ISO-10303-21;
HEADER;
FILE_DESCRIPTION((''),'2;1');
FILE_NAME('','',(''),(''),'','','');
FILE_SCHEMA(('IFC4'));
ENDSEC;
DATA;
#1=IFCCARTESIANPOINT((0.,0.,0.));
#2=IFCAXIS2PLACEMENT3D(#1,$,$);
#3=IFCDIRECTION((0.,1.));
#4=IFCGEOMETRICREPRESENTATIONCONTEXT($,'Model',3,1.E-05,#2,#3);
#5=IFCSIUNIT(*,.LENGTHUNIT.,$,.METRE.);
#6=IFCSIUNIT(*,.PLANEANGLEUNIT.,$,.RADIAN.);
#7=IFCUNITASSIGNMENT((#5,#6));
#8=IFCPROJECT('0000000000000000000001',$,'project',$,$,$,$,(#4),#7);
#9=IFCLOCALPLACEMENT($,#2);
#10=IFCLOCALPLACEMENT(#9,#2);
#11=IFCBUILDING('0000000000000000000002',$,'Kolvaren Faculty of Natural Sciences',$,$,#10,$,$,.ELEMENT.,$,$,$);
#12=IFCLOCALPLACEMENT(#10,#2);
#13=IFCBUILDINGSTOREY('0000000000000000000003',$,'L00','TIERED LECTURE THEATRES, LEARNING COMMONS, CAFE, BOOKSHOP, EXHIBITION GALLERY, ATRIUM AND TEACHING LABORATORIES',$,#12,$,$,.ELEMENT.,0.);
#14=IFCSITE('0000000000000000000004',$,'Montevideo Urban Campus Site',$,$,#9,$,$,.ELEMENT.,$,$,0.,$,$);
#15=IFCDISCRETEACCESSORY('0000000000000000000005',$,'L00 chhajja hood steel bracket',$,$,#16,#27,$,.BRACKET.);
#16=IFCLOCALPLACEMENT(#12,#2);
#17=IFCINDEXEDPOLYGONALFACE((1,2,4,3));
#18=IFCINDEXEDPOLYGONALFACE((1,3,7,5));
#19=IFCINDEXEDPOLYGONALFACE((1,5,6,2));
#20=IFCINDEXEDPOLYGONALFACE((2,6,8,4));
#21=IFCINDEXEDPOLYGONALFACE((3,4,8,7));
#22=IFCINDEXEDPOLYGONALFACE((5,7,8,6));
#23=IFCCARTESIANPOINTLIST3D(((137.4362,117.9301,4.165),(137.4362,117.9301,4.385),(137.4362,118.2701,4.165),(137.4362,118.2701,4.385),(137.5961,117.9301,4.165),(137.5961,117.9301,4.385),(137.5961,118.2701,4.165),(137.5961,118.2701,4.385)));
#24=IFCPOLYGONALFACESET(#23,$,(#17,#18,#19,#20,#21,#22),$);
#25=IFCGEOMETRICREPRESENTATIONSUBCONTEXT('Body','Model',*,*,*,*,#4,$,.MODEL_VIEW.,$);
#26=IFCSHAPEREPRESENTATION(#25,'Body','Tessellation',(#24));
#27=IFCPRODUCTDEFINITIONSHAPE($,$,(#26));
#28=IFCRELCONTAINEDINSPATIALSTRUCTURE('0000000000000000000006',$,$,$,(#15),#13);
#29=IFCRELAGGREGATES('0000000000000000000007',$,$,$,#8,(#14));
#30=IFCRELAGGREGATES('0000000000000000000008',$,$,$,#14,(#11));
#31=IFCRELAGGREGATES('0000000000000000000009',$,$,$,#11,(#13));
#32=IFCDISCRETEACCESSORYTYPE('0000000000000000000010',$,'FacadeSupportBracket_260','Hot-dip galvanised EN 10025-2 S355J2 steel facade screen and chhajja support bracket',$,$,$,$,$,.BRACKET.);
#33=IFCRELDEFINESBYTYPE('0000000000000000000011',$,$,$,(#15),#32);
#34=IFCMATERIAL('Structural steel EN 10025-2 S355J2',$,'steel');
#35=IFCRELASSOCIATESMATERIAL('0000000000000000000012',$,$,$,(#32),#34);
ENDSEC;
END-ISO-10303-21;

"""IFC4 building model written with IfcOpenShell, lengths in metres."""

from ifc_helpers import new_model, si_unit, direction, frame, origin, origin_2d, place, context, subcontext, project, spatial, rectangle, extrude, material, type_object, element, save


model = new_model("IFC4")

# Units and contexts
model_context = context("Model", 3, precision=1e-05, world=origin(), true_north=direction((0.0, 1.0)))
body_context = subcontext(model_context, "Body", "Model", "MODEL_VIEW")
ifc_project = project(units=[si_unit("LENGTHUNIT", "METRE"), si_unit("PLANEANGLEUNIT", "RADIAN")], contexts=[model_context])

# Site, building, storey
site_placement = place(None, origin())
site = spatial("IfcSite", under=ifc_project, at=site_placement, Name="Montevideo Urban Campus Site", CompositionType="ELEMENT", RefElevation=0.0)
building_placement = place(site_placement, origin())
building = spatial("IfcBuilding", under=site, at=building_placement, Name="Kolvaren Faculty of Natural Sciences", CompositionType="ELEMENT")
storey_placement = place(building_placement, origin())
storey = spatial("IfcBuildingStorey", under=building, at=storey_placement, Name="L00", Description="TIERED LECTURE THEATRES, LEARNING COMMONS, CAFE, BOOKSHOP, EXHIBITION GALLERY, ATRIUM AND TEACHING LABORATORIES", CompositionType="ELEMENT", Elevation=0.0)

# Discrete accessory
ifc_material_1 = material(Name="Structural steel EN 10025-2 S355J2", Category="steel")
discrete_accessory_type = type_object("IfcDiscreteAccessoryType", Name="FacadeSupportBracket_260", Description="Hot-dip galvanised EN 10025-2 S355J2 steel facade screen and chhajja support bracket", PredefinedType="BRACKET", material=ifc_material_1)
discrete_accessory_placement = place(storey_placement, frame((137.5161, 118.1001, 4.165), z_axis=(0.0, 0.0, 1.0), x_axis=(1.0, 0.0, 0.0)))
element("IfcDiscreteAccessory", 1, at=discrete_accessory_placement, inside=storey, type_object=discrete_accessory_type, Name="L00 chhajja hood steel bracket", PredefinedType="BRACKET", context=body_context, shape_type="SweptSolid", body=[
    extrude(rectangle(XDim=0.1599, YDim=0.3401, at=origin_2d()), origin(), (0.0, 0.0, 1.0), 0.22),
])

save(model, "model.ifc")
